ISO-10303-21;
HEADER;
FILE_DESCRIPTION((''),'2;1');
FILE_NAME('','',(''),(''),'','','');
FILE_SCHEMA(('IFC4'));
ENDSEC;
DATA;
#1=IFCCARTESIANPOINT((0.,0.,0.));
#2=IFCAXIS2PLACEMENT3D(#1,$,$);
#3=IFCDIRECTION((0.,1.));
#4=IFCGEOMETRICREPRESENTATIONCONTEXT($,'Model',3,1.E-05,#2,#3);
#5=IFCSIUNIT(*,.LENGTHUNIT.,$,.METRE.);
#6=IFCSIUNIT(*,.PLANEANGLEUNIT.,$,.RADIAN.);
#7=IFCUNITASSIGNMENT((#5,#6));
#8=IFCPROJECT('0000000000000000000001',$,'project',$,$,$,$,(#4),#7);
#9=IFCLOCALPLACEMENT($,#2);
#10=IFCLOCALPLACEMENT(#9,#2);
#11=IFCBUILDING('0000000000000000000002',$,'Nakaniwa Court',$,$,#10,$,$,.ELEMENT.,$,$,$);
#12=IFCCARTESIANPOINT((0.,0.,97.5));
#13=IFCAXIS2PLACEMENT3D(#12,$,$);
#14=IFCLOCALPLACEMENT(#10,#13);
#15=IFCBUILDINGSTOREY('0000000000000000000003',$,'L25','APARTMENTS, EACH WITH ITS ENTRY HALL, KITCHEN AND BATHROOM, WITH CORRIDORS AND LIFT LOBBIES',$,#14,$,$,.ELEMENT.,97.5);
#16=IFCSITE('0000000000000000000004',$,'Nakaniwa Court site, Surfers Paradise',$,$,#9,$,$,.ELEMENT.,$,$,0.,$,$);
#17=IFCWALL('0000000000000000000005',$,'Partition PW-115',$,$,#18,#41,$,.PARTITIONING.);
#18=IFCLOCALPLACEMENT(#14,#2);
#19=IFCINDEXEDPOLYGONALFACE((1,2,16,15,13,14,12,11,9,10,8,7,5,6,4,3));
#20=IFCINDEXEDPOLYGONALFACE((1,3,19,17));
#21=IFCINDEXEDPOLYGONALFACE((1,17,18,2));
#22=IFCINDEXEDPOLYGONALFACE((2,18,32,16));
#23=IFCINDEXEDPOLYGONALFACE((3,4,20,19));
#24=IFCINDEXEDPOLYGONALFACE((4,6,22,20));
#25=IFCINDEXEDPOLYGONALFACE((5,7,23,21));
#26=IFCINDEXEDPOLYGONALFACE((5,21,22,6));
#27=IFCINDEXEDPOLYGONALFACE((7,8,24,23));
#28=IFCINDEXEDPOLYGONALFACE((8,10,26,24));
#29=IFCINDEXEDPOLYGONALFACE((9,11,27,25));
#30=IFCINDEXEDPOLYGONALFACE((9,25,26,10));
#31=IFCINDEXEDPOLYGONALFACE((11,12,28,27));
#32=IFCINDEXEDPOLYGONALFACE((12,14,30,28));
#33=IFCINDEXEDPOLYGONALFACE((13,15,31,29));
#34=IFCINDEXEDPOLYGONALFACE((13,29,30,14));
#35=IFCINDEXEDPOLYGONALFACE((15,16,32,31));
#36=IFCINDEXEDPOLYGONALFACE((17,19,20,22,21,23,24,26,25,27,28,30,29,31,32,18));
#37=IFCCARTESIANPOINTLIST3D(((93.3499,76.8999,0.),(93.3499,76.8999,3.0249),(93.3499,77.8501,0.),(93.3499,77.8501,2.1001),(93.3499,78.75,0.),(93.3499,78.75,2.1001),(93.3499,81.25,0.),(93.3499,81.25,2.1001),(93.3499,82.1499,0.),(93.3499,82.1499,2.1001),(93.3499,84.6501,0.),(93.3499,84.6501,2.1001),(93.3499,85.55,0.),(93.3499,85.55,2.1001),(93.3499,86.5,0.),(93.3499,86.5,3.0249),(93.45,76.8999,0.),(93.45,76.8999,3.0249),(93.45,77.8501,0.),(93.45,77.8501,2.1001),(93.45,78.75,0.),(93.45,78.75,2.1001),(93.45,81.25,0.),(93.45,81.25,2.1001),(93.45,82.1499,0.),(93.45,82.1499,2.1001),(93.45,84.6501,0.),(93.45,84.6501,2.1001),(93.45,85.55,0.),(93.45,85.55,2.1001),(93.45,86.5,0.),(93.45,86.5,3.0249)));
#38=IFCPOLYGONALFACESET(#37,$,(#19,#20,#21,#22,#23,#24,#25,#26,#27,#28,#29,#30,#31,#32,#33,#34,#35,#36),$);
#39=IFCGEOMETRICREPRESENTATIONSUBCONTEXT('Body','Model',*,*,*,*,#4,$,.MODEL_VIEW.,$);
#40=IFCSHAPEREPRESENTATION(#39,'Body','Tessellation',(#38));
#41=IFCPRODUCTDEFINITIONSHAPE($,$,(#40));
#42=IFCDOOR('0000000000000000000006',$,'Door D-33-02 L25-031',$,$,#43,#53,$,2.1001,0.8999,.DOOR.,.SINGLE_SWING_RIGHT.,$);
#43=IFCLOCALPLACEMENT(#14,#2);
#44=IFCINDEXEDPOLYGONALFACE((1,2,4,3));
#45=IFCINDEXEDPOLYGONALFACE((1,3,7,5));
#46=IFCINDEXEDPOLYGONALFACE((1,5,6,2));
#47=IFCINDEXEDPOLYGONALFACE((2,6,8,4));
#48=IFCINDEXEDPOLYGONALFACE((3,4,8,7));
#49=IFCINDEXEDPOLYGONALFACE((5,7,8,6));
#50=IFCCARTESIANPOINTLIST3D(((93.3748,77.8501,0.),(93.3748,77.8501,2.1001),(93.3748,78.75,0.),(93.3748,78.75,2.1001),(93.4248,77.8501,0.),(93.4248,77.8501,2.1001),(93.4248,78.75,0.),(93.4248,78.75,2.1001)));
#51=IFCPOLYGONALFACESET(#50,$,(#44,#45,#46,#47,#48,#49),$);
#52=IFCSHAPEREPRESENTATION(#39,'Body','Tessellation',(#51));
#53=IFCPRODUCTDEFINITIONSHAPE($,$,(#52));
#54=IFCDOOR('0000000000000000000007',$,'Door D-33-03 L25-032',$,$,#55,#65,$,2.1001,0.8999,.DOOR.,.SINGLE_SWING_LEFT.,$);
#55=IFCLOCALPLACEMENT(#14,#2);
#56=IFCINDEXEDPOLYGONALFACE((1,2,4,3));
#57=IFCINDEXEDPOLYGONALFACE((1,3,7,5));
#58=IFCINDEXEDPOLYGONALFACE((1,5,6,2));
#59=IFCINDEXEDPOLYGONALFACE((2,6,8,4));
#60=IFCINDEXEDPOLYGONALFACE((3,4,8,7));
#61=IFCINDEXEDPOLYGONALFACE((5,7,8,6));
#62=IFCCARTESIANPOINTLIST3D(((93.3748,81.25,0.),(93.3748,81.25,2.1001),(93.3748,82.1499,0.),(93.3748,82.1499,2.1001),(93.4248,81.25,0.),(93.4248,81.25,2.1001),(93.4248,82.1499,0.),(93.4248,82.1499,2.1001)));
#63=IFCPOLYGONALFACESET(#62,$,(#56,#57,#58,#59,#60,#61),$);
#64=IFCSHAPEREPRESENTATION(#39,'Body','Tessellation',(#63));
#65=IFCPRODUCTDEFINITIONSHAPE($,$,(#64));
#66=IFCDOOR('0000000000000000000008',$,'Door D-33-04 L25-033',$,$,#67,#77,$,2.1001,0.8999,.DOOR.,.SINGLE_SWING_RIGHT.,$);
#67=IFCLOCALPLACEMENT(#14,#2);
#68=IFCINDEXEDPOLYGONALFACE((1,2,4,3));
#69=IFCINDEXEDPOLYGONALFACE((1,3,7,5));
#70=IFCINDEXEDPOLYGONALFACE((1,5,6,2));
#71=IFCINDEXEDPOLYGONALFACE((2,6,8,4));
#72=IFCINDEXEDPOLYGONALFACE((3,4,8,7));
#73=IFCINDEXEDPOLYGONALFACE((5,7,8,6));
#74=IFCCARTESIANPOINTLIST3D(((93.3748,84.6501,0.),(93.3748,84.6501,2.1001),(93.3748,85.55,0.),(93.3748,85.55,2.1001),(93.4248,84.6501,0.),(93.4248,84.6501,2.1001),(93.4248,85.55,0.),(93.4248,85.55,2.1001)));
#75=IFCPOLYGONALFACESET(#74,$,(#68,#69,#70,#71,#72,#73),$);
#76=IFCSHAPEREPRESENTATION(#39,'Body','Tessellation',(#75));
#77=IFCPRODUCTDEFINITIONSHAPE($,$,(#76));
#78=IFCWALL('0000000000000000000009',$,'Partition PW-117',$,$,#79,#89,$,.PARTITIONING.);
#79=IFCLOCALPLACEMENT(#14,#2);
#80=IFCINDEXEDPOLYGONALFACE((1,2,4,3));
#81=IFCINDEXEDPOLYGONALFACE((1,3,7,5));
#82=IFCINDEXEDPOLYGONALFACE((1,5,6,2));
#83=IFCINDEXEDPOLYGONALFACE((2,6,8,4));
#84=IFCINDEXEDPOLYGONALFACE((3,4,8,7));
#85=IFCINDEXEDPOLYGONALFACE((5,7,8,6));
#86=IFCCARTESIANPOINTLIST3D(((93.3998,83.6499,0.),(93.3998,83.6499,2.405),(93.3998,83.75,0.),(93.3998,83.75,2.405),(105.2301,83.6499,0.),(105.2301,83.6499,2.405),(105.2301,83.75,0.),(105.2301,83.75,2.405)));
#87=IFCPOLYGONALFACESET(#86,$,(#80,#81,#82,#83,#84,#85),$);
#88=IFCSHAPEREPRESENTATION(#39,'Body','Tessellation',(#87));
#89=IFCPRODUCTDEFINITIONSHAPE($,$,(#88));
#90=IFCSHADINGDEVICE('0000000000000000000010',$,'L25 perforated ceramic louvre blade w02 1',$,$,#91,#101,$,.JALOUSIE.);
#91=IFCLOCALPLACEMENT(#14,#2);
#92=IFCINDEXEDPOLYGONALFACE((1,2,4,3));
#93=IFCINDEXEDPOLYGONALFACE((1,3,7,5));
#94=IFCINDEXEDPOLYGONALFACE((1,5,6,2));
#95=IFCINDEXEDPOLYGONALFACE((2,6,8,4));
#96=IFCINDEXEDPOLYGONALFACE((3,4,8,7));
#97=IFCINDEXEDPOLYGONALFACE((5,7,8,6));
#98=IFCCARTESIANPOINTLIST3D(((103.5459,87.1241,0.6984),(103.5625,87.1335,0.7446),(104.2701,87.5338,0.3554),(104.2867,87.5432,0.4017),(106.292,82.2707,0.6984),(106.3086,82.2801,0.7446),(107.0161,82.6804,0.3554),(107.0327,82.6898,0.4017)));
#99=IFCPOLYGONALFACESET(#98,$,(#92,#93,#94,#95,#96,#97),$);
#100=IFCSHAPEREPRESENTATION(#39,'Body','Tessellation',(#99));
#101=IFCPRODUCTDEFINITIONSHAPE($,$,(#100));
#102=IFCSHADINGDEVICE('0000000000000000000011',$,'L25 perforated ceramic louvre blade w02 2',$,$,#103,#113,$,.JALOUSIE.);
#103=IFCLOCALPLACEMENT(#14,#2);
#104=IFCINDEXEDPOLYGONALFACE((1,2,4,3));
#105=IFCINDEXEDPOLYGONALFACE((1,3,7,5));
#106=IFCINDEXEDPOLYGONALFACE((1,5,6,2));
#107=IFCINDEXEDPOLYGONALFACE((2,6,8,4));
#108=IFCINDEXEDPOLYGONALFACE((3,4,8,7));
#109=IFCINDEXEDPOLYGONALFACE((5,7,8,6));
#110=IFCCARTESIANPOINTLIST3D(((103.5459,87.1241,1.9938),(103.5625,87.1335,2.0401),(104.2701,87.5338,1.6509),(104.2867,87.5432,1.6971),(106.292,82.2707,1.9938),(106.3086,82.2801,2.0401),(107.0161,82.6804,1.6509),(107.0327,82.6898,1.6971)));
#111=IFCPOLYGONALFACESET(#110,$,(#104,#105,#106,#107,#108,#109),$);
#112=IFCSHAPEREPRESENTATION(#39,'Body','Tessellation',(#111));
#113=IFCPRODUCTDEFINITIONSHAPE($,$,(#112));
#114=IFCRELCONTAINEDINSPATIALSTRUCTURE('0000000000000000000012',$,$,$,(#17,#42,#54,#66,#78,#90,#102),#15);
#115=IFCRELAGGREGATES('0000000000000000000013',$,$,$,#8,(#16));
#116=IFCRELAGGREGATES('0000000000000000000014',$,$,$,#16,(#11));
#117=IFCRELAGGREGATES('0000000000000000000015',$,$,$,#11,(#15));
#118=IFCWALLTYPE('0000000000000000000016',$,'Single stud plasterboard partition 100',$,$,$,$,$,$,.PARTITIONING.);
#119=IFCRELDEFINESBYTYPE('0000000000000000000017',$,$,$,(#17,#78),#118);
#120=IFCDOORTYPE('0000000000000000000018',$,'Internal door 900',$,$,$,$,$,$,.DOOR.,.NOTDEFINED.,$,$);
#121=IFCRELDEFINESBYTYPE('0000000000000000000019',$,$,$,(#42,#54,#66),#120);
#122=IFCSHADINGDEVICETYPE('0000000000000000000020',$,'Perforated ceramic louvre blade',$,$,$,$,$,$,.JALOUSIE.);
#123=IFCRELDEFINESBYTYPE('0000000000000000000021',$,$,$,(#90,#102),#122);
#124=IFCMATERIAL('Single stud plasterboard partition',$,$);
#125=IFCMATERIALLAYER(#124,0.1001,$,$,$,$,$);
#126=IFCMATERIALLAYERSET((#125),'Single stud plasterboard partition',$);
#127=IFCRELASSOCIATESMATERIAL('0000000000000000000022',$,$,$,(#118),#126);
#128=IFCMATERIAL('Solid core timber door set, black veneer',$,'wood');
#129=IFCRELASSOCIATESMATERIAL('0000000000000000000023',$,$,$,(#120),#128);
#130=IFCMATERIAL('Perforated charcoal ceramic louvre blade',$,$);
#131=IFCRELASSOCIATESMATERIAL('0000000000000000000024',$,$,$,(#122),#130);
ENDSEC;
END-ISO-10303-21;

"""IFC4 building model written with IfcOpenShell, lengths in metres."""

from ifc_helpers import new_model, si_unit, direction, frame, frame_2d, origin, origin_2d, place, context, subcontext, project, spatial, rectangle, extrude, material, layer, layer_set, material_profile, profile_set, type_object, element, fill, save


model = new_model("IFC4")

# Units and contexts
model_context = context("Model", 3, precision=1e-05, world=origin(), true_north=direction((0.0, 1.0)))
body_context = subcontext(model_context, "Body", "Model", "MODEL_VIEW")
ifc_project = project(units=[si_unit("LENGTHUNIT", "METRE"), si_unit("PLANEANGLEUNIT", "RADIAN")], contexts=[model_context])

# Site, building, storey
site_placement = place(None, origin())
site = spatial("IfcSite", under=ifc_project, at=site_placement, Name="Nakaniwa Court site, Surfers Paradise", CompositionType="ELEMENT", RefElevation=0.0)
building_placement = place(site_placement, origin())
building = spatial("IfcBuilding", under=site, at=building_placement, Name="Nakaniwa Court", CompositionType="ELEMENT")
storey_placement = place(building_placement, frame((0.0, 0.0, 97.5)))
storey = spatial("IfcBuildingStorey", under=building, at=storey_placement, Name="L25", Description="APARTMENTS, EACH WITH ITS ENTRY HALL, KITCHEN AND BATHROOM, WITH CORRIDORS AND LIFT LOBBIES", CompositionType="ELEMENT", Elevation=97.5)

# Shared definitions
ifc_material_1 = material(Name="Single stud plasterboard partition")
ifc_layer_1 = layer(ifc_material_1, 0.1001)
ifc_layer_set_1 = layer_set([ifc_layer_1], Name="Single stud plasterboard partition")
wall_type_1 = type_object("IfcWallType", Name="Single stud plasterboard partition 100", PredefinedType="PARTITIONING", material=ifc_layer_set_1)

# Wall, openings, doors
wall_1_placement = place(storey_placement, frame((93.3999, 86.5, 0.0), z_axis=(0.0, 0.0, 1.0), x_axis=(0.0, -1.0, 0.0)))
wall_1 = element("IfcWall", 1, at=wall_1_placement, inside=storey, type_object=wall_type_1, Name="Partition PW-115", PredefinedType="PARTITIONING", context=body_context, shape_type="SweptSolid", body=[
    extrude(rectangle(XDim=9.6001, YDim=0.1001, at=frame_2d((4.8, 0.0))), origin(), (0.0, 0.0, 1.0), 3.0249),
])
opening_1_placement = place(wall_1_placement, frame((7.75, 0.0, 0.0)))
opening_1 = element("IfcOpeningElement", 2, at=opening_1_placement, cuts=wall_1, PredefinedType="OPENING", context=body_context, shape_type="SweptSolid", body=[
    extrude(rectangle(XDim=0.8999, YDim=2.1001, at=frame_2d((0.45, 1.05))), frame((0.0, 0.0601, 0.0), z_axis=(0.0, -1.0, 0.0), x_axis=(1.0, 0.0, 0.0)), (0.0, 0.0, 1.0), 0.1201),
])
opening_2_placement = place(wall_1_placement, frame((4.3501, 0.0, 0.0)))
opening_2 = element("IfcOpeningElement", 3, at=opening_2_placement, cuts=wall_1, PredefinedType="OPENING", context=body_context, shape_type="SweptSolid", body=[
    extrude(rectangle(XDim=0.8999, YDim=2.1001, at=frame_2d((0.45, 1.05))), frame((0.0, 0.0601, 0.0), z_axis=(0.0, -1.0, 0.0), x_axis=(1.0, 0.0, 0.0)), (0.0, 0.0, 1.0), 0.1201),
])
opening_3_placement = place(wall_1_placement, frame((0.95, 0.0, 0.0)))
opening_3 = element("IfcOpeningElement", 4, at=opening_3_placement, cuts=wall_1, PredefinedType="OPENING", context=body_context, shape_type="SweptSolid", body=[
    extrude(rectangle(XDim=0.8999, YDim=2.1001, at=frame_2d((0.45, 1.05))), frame((0.0, 0.0601, 0.0), z_axis=(0.0, -1.0, 0.0), x_axis=(1.0, 0.0, 0.0)), (0.0, 0.0, 1.0), 0.1201),
])
ifc_material_2 = material(Name="Solid core timber door set, black veneer", Category="wood")
door_type = type_object("IfcDoorType", Name="Internal door 900", OperationType="NOTDEFINED", PredefinedType="DOOR", material=ifc_material_2)
door_1_placement = place(opening_1_placement, origin())
door_1 = element("IfcDoor", 5, at=door_1_placement, inside=storey, type_object=door_type, Name="Door D-33-02 L25-031", OperationType="SINGLE_SWING_RIGHT", OverallHeight=2.1001, OverallWidth=0.8999, PredefinedType="DOOR", context=body_context, shape_type="SweptSolid", body=[
    extrude(rectangle(XDim=0.8999, YDim=2.1001, at=frame_2d((0.45, 1.05))), frame((0.0, 0.0249, 0.0), z_axis=(0.0, -1.0, 0.0), x_axis=(1.0, 0.0, 0.0)), (0.0, 0.0, 1.0), 0.05),
])
fill(opening_1, door_1)
door_2_placement = place(opening_2_placement, origin())
door_2 = element("IfcDoor", 6, at=door_2_placement, inside=storey, type_object=door_type, Name="Door D-33-03 L25-032", OperationType="SINGLE_SWING_LEFT", OverallHeight=2.1001, OverallWidth=0.8999, PredefinedType="DOOR", context=body_context, shape_type="SweptSolid", body=[
    extrude(rectangle(XDim=0.8999, YDim=2.1001, at=frame_2d((0.45, 1.05))), frame((0.0, 0.0249, 0.0), z_axis=(0.0, -1.0, 0.0), x_axis=(1.0, 0.0, 0.0)), (0.0, 0.0, 1.0), 0.05),
])
fill(opening_2, door_2)
door_3_placement = place(opening_3_placement, origin())
door_3 = element("IfcDoor", 7, at=door_3_placement, inside=storey, type_object=door_type, Name="Door D-33-04 L25-033", OperationType="SINGLE_SWING_RIGHT", OverallHeight=2.1001, OverallWidth=0.8999, PredefinedType="DOOR", context=body_context, shape_type="SweptSolid", body=[
    extrude(rectangle(XDim=0.8999, YDim=2.1001, at=frame_2d((0.45, 1.05))), frame((0.0, 0.0249, 0.0), z_axis=(0.0, -1.0, 0.0), x_axis=(1.0, 0.0, 0.0)), (0.0, 0.0, 1.0), 0.05),
])
fill(opening_3, door_3)

# Wall
wall_2_placement = place(storey_placement, frame((93.3999, 83.7, 0.0), z_axis=(0.0, 0.0, 1.0), x_axis=(1.0, 0.0, 0.0)))
element("IfcWall", 8, at=wall_2_placement, inside=storey, type_object=wall_type_1, Name="Partition PW-117", PredefinedType="PARTITIONING", context=body_context, shape_type="SweptSolid", body=[
    extrude(rectangle(XDim=11.8303, YDim=0.1001, at=frame_2d((5.915, 0.0))), origin(), (0.0, 0.0, 1.0), 2.405),
])

# Shading devices
ifc_material_3 = material(Name="Perforated charcoal ceramic louvre blade")
ifc_material_profile_1 = material_profile(ifc_material_3, rectangle(XDim=0.8999, YDim=0.05, at=origin_2d()), Name="Perforated ceramic louvre blade")
ifc_profile_set_1 = profile_set([ifc_material_profile_1], Name="Perforated charcoal ceramic louvre blade")
shading_device_type = type_object("IfcShadingDeviceType", Name="Perforated ceramic louvre blade", PredefinedType="JALOUSIE", material=ifc_profile_set_1)
for number, where, z_axis, x_axis, name in (
    (9, (106.6624, 82.4802, 0.55), (-0.492438, 0.870347, 0.0), (-0.804676, -0.455282, 0.38107), "L25 perforated ceramic louvre blade w02 1"),
    (10, (106.6624, 82.4802, 1.8455), (-0.492438, 0.870347, 0.0), (-0.804676, -0.455282, 0.38107), "L25 perforated ceramic louvre blade w02 2"),
):
    element("IfcShadingDevice", number, at=place(storey_placement, frame(where, z_axis=z_axis, x_axis=x_axis)), inside=storey, type_object=shading_device_type, Name=name, PredefinedType="JALOUSIE", context=body_context, shape_type="SweptSolid", body=[
        extrude(rectangle(XDim=0.8999, YDim=0.05, at=origin_2d()), origin(), (0.0, 0.0, 1.0), 5.5764),
    ])

save(model, "model.ifc")
